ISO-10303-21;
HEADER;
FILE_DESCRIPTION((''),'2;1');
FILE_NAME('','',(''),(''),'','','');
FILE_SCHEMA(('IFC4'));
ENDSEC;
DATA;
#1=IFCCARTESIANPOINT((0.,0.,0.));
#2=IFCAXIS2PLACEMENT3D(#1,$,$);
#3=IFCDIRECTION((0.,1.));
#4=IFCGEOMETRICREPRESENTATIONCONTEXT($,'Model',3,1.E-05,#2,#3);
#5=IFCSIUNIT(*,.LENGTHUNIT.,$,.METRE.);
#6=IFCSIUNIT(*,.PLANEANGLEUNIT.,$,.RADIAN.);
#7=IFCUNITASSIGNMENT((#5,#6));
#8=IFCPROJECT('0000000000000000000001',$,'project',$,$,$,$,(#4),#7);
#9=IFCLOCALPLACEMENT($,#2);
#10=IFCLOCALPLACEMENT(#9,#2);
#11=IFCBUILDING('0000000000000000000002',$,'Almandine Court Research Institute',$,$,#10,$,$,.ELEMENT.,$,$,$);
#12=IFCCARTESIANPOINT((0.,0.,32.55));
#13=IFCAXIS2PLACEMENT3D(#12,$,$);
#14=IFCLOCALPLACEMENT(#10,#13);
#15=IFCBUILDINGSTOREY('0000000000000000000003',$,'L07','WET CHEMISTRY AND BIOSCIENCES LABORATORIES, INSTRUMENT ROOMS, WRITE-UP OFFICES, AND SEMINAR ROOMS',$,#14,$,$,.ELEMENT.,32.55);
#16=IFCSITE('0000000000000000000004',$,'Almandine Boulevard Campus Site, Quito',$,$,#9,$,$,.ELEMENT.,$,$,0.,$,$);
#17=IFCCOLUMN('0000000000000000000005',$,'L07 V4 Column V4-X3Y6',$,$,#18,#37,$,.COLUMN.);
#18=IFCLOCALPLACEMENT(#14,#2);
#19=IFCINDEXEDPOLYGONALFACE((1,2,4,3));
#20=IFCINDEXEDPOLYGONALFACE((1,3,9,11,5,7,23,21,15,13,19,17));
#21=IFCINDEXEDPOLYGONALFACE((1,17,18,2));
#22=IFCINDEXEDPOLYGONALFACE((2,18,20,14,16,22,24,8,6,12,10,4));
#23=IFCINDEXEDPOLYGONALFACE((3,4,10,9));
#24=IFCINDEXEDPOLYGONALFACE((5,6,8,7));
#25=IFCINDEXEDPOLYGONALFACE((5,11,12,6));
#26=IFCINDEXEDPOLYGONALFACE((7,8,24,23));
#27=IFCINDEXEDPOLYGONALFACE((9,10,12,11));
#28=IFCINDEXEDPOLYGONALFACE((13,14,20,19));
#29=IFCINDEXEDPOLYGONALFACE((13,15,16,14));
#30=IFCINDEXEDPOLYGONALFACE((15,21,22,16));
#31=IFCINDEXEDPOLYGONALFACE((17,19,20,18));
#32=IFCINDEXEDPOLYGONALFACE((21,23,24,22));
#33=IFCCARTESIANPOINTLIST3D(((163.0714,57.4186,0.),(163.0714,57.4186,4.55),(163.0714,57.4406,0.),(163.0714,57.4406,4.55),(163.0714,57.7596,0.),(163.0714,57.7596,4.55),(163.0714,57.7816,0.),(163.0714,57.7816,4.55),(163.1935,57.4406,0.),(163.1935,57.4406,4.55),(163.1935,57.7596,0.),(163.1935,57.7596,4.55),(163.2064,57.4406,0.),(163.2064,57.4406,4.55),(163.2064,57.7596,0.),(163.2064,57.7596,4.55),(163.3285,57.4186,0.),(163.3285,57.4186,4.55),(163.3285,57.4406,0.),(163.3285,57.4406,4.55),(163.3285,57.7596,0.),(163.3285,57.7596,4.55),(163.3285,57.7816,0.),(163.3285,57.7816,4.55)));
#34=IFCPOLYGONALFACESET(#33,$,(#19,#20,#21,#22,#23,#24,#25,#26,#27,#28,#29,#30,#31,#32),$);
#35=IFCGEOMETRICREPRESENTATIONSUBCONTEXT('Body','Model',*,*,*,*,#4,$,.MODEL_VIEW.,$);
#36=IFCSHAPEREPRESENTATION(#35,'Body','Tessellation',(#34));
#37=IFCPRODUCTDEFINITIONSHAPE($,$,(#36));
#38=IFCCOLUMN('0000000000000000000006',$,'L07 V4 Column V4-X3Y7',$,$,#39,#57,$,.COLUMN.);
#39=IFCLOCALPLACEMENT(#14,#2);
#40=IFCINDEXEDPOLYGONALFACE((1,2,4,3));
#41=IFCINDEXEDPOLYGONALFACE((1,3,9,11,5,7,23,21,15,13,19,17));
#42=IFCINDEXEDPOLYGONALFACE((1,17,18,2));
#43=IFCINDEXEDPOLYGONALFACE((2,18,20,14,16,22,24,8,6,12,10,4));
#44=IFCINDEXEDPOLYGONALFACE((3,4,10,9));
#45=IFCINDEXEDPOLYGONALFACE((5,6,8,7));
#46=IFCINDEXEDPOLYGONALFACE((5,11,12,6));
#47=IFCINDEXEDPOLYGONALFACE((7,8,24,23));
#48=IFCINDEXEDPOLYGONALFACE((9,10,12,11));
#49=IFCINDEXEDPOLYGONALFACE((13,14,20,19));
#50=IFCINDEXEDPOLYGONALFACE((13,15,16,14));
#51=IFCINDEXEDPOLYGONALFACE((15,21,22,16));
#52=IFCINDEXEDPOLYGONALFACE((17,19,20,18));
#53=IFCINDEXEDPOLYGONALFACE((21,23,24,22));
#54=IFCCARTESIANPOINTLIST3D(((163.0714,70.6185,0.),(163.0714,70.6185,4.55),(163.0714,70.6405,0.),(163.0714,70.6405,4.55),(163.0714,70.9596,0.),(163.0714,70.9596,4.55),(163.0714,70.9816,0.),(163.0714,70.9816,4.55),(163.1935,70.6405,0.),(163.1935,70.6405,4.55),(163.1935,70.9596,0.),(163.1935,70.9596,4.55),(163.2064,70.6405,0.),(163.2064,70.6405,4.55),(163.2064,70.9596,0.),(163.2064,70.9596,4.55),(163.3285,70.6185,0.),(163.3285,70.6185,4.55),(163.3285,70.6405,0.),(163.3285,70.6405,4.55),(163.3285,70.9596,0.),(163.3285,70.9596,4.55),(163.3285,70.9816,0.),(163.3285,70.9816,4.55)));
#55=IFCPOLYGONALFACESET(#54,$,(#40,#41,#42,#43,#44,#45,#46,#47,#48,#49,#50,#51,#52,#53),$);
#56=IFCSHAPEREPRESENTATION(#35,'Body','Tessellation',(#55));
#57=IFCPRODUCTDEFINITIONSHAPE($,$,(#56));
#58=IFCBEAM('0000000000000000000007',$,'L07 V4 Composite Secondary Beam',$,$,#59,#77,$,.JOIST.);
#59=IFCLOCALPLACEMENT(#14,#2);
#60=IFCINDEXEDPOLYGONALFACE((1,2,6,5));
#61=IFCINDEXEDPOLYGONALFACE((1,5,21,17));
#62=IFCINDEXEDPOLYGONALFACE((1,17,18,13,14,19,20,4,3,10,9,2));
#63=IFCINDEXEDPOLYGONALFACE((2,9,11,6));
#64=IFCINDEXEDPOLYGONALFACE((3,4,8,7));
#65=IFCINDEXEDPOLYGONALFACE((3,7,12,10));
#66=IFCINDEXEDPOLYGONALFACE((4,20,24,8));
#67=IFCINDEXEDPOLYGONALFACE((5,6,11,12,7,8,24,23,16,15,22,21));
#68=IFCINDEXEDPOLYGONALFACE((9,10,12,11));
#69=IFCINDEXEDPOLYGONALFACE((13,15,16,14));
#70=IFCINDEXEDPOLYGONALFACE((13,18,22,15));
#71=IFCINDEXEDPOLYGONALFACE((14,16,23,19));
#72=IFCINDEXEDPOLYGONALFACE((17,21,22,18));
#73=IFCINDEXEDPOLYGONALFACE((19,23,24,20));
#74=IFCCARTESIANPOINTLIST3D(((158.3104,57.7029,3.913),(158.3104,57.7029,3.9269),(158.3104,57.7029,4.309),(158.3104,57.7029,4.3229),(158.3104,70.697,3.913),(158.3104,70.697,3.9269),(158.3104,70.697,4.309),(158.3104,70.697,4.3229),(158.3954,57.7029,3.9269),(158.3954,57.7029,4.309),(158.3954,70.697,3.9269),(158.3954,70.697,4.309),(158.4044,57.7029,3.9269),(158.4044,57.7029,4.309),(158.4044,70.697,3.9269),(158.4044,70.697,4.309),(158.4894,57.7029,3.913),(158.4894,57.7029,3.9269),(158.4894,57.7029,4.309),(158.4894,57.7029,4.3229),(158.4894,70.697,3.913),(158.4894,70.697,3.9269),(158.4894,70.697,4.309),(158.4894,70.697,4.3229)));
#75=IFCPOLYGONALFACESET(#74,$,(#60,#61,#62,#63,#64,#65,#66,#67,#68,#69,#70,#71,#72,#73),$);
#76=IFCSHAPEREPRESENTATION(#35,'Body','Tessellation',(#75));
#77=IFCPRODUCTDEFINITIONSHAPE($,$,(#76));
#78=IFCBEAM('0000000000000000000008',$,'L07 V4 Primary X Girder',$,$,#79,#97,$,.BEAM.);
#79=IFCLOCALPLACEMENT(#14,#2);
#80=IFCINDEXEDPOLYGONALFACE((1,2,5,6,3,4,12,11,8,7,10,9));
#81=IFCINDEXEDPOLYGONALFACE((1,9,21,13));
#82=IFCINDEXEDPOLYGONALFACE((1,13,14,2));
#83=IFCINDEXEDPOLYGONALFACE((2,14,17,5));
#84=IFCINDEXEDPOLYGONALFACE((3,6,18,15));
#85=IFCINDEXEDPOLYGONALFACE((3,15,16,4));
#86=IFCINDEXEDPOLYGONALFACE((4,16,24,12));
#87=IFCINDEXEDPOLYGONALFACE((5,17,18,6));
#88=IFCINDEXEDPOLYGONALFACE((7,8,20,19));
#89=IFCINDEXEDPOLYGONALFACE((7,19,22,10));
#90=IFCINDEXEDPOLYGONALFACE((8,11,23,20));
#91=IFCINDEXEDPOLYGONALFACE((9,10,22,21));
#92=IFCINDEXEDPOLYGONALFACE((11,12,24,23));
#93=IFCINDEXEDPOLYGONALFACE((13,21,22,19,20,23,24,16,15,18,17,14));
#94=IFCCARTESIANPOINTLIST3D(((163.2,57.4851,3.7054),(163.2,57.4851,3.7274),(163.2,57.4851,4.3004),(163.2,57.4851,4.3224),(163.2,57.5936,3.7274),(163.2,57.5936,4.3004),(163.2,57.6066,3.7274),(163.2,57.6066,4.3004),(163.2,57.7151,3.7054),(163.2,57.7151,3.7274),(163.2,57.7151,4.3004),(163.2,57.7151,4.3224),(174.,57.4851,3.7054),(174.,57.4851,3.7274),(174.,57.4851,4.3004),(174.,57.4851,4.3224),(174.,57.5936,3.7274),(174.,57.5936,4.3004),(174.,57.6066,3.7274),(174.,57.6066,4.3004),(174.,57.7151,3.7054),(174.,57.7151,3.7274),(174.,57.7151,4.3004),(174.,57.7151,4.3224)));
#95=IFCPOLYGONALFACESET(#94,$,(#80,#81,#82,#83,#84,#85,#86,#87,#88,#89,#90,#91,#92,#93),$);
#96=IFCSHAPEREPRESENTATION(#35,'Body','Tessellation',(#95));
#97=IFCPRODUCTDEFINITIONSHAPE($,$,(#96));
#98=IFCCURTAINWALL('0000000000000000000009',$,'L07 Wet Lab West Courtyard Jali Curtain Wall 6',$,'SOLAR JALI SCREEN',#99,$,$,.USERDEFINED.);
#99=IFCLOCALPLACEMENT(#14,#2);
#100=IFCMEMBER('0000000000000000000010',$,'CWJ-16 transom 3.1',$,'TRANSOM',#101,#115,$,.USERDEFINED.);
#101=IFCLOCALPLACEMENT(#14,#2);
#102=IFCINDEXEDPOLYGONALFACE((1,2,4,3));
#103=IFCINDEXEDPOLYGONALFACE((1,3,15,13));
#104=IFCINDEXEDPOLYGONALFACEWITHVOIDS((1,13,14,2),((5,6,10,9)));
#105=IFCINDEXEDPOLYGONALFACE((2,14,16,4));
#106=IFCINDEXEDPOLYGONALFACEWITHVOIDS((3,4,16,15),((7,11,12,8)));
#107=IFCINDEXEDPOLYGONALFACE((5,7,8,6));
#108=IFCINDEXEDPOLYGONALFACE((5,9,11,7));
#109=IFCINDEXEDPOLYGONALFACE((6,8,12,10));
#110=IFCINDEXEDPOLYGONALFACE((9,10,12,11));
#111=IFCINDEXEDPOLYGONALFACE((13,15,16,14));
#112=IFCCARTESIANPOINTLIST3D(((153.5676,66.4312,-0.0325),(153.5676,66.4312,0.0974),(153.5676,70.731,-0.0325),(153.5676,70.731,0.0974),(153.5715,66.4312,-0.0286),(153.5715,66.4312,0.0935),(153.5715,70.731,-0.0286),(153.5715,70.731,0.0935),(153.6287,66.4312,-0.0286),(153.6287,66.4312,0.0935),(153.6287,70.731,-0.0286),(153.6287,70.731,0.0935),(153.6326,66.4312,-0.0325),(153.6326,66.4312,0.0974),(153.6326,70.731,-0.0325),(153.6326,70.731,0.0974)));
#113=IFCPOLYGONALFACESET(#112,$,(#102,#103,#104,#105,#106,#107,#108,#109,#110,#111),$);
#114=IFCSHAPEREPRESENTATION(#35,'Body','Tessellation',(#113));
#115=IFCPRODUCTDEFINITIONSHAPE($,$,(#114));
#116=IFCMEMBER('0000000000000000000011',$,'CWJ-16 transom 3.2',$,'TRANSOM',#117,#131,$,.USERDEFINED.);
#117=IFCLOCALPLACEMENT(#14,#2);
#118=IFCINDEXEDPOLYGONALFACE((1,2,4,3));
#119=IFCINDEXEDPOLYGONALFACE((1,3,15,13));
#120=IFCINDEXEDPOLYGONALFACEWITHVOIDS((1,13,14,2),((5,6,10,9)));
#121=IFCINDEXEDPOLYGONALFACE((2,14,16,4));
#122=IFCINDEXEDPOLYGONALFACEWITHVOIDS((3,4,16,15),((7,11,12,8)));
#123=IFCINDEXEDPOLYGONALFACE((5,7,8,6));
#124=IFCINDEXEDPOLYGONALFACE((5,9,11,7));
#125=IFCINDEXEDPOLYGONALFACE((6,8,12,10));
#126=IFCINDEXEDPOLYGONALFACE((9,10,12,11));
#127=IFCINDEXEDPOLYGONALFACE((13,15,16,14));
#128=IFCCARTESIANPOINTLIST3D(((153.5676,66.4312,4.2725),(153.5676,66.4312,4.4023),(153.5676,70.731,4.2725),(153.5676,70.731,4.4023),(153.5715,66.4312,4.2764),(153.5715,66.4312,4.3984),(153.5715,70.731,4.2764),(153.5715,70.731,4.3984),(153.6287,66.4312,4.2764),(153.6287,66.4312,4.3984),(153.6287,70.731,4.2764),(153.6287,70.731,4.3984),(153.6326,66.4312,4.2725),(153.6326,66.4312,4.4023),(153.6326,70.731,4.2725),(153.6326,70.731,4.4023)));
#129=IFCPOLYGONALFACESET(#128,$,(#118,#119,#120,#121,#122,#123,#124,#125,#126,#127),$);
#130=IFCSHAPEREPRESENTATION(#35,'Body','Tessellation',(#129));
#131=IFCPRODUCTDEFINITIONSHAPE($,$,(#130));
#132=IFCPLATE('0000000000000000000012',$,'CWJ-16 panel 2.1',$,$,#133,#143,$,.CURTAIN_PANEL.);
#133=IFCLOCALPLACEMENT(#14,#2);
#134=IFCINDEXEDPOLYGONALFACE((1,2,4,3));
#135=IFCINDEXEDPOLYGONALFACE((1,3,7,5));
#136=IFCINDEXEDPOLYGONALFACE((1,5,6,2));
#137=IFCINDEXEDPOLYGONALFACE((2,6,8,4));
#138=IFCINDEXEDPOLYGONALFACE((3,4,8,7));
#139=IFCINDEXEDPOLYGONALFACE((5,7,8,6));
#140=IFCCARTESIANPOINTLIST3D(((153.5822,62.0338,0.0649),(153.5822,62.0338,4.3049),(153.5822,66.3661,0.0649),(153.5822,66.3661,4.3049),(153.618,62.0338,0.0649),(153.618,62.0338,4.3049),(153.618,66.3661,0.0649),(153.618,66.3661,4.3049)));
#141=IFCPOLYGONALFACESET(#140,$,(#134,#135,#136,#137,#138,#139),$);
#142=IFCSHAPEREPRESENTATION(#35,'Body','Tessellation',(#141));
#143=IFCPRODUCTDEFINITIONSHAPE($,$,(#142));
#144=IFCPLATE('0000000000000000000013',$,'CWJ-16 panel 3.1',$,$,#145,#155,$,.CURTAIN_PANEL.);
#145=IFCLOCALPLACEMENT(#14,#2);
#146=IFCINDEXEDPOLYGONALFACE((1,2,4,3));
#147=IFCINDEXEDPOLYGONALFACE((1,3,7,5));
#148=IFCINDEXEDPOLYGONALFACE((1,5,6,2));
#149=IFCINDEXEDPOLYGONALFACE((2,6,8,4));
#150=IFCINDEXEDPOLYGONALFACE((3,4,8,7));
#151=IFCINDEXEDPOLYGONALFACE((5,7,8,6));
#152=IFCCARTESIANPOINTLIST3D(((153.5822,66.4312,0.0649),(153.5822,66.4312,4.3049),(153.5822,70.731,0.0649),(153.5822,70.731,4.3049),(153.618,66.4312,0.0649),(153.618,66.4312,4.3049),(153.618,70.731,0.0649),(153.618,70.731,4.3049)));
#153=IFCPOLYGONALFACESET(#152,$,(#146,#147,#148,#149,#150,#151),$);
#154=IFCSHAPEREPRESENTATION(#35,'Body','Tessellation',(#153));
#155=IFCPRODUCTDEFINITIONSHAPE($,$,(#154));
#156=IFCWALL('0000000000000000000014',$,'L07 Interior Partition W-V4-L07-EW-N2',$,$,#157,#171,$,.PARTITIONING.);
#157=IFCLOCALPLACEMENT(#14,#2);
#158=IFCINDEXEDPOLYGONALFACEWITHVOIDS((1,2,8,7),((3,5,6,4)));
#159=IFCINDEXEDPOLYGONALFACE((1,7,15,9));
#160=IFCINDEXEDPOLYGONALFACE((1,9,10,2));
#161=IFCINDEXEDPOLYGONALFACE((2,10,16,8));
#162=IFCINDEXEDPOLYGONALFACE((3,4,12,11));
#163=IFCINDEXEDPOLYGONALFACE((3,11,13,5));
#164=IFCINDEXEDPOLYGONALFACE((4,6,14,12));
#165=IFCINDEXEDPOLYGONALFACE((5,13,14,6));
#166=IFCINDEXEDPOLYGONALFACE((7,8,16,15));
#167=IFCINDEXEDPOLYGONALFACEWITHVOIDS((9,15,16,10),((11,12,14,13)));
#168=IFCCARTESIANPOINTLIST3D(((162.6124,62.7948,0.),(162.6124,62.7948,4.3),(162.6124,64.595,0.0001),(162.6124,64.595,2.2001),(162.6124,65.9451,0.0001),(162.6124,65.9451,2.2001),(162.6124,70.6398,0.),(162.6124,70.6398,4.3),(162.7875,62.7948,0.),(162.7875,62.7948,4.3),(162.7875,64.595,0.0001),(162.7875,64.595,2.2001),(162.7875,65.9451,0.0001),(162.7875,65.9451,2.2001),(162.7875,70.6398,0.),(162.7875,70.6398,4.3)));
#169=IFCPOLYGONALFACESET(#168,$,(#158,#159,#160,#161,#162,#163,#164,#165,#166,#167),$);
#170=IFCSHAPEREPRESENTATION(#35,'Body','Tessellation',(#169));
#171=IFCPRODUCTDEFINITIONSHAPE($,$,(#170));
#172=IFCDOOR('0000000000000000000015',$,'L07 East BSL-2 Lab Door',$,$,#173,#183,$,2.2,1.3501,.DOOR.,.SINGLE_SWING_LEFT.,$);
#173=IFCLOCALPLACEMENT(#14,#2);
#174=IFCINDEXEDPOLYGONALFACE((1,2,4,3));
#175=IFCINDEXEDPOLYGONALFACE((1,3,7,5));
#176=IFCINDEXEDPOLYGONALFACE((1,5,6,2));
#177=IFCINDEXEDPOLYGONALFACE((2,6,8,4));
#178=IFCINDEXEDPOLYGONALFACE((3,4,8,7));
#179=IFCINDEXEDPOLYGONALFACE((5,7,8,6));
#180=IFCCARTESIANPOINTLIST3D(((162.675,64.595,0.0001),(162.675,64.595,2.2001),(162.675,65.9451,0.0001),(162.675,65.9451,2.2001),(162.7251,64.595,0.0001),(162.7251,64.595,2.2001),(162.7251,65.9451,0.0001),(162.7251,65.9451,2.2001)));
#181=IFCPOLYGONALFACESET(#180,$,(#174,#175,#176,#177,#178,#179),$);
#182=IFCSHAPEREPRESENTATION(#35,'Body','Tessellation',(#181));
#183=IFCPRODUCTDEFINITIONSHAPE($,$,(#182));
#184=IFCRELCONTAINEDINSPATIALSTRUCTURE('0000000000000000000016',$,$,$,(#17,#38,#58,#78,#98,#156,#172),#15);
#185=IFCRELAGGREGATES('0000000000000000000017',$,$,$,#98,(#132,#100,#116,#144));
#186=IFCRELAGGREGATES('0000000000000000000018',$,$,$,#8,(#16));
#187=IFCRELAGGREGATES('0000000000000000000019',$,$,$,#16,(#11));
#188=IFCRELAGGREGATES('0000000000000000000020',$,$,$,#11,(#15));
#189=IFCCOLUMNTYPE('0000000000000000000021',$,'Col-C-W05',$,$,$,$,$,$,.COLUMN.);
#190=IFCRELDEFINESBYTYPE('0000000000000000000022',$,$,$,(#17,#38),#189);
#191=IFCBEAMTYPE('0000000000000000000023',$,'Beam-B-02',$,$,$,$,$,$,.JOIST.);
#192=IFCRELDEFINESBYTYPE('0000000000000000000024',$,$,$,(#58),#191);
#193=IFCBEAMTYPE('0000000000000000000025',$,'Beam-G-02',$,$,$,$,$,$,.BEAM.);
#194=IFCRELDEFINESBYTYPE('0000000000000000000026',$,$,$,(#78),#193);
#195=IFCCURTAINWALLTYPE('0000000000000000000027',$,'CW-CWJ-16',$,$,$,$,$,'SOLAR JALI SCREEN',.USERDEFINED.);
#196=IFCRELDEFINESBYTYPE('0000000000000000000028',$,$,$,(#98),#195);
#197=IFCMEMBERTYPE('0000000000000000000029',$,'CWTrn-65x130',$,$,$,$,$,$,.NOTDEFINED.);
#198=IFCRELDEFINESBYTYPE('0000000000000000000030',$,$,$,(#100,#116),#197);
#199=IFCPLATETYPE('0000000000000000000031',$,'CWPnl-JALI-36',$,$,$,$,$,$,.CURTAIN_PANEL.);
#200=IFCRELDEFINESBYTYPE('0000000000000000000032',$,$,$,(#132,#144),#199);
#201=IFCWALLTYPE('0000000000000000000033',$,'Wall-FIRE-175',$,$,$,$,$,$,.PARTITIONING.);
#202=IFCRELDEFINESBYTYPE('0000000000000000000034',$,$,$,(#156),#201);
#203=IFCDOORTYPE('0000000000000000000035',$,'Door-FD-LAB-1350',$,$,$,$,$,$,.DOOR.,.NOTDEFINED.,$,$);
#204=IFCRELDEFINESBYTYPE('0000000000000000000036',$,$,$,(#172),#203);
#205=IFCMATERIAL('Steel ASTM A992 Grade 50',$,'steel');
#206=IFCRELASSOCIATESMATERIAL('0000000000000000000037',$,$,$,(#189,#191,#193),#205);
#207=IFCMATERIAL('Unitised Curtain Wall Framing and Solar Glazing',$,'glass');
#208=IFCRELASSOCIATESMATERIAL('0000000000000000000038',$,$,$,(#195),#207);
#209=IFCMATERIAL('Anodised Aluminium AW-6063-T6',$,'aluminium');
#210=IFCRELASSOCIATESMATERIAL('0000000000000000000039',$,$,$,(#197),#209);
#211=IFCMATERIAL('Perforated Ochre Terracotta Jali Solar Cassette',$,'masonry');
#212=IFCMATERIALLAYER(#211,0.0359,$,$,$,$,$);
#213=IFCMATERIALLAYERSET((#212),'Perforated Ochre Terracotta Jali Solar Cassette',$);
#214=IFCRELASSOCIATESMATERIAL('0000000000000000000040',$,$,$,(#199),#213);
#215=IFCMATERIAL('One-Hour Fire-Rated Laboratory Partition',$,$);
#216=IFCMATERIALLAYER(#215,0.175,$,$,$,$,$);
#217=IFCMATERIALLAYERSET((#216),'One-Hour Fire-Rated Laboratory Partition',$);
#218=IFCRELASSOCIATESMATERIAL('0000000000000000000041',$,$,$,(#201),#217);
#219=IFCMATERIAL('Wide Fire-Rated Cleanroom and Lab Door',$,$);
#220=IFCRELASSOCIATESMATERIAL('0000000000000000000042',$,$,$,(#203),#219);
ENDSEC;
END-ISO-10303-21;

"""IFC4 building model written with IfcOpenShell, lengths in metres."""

from ifc_helpers import new_model, si_unit, direction, frame, frame_2d, origin, origin_2d, place, context, subcontext, project, spatial, rectangle, hollow_rectangle, i_section, extrude, material, layer, layer_set, material_profile, profile_set, type_object, element, fill, aggregate, save


model = new_model("IFC4")

# Units and contexts
model_context = context("Model", 3, precision=1e-05, world=origin(), true_north=direction((0.0, 1.0)))
body_context = subcontext(model_context, "Body", "Model", "MODEL_VIEW")
ifc_project = project(units=[si_unit("LENGTHUNIT", "METRE"), si_unit("PLANEANGLEUNIT", "RADIAN")], contexts=[model_context])

# Site, building, storey
site_placement = place(None, origin())
site = spatial("IfcSite", under=ifc_project, at=site_placement, Name="Almandine Boulevard Campus Site, Quito", CompositionType="ELEMENT", RefElevation=0.0)
building_placement = place(site_placement, origin())
building = spatial("IfcBuilding", under=site, at=building_placement, Name="Almandine Court Research Institute", CompositionType="ELEMENT")
storey_placement = place(building_placement, frame((0.0, 0.0, 32.55)))
storey = spatial("IfcBuildingStorey", under=building, at=storey_placement, Name="L07", Description="WET CHEMISTRY AND BIOSCIENCES LABORATORIES, INSTRUMENT ROOMS, WRITE-UP OFFICES, AND SEMINAR ROOMS", CompositionType="ELEMENT", Elevation=32.55)

# Columns
ifc_material_1 = material(Name="Steel ASTM A992 Grade 50", Category="steel")
ifc_material_profile_1 = material_profile(ifc_material_1, i_section(OverallWidth=0.2571, OverallDepth=0.363, WebThickness=0.0129, FlangeThickness=0.022, at=origin_2d()), Name="W360x122")
ifc_profile_set_1 = profile_set([ifc_material_profile_1], Name="Steel ASTM A992 Grade 50")
column_type = type_object("IfcColumnType", Name="Col-C-W05", PredefinedType="COLUMN", material=ifc_profile_set_1)
for number, where, z_axis, x_axis, name in (
    (1, (163.2, 57.6001, 0.0), (0.0, 0.0, 1.0), (1.0, 0.0, 0.0), "L07 V4 Column V4-X3Y6"),
    (2, (163.2, 70.8, 0.0), (0.0, 0.0, 1.0), (1.0, 0.0, 0.0), "L07 V4 Column V4-X3Y7"),
):
    element("IfcColumn", number, at=place(storey_placement, frame(where, z_axis=z_axis, x_axis=x_axis)), inside=storey, type_object=column_type, Name=name, PredefinedType="COLUMN", context=body_context, shape_type="SweptSolid", body=[
        extrude(i_section(OverallWidth=0.2571, OverallDepth=0.363, WebThickness=0.0129, FlangeThickness=0.022, at=origin_2d()), origin(), (0.0, 0.0, 1.0), 4.55),
    ])

# Beams
ifc_material_profile_2 = material_profile(ifc_material_1, i_section(OverallWidth=0.179, OverallDepth=0.4099, WebThickness=0.009, FlangeThickness=0.0139, at=origin_2d()), Name="W410x67")
ifc_profile_set_2 = profile_set([ifc_material_profile_2], Name="Steel ASTM A992 Grade 50")
beam_type_1 = type_object("IfcBeamType", Name="Beam-B-02", PredefinedType="JOIST", material=ifc_profile_set_2)
beam_1_placement = place(storey_placement, frame((158.3999, 57.7029, 4.1179), z_axis=(0.0, 1.0, 0.0), x_axis=(-1.0, 0.0, 0.0)))
element("IfcBeam", 3, at=beam_1_placement, inside=storey, type_object=beam_type_1, Name="L07 V4 Composite Secondary Beam", PredefinedType="JOIST", context=body_context, shape_type="SweptSolid", body=[
    extrude(i_section(OverallWidth=0.179, OverallDepth=0.4099, WebThickness=0.009, FlangeThickness=0.0139, at=origin_2d()), origin(), (0.0, 0.0, 1.0), 12.9941),
])
ifc_material_profile_3 = material_profile(ifc_material_1, i_section(OverallWidth=0.23, OverallDepth=0.6169, WebThickness=0.0129, FlangeThickness=0.022, at=origin_2d()), Name="W610x140")
ifc_profile_set_3 = profile_set([ifc_material_profile_3], Name="Steel ASTM A992 Grade 50")
beam_type_2 = type_object("IfcBeamType", Name="Beam-G-02", PredefinedType="BEAM", material=ifc_profile_set_3)
beam_2_placement = place(storey_placement, frame((163.2, 57.6001, 4.0139), z_axis=(1.0, 0.0, 0.0), x_axis=(0.0, 1.0, 0.0)))
element("IfcBeam", 4, at=beam_2_placement, inside=storey, type_object=beam_type_2, Name="L07 V4 Primary X Girder", PredefinedType="BEAM", context=body_context, shape_type="SweptSolid", body=[
    extrude(i_section(OverallWidth=0.23, OverallDepth=0.6169, WebThickness=0.0129, FlangeThickness=0.022, at=origin_2d()), origin(), (0.0, 0.0, 1.0), 10.8),
])

# Curtain wall, members, plates
ifc_material_2 = material(Name="Unitised Curtain Wall Framing and Solar Glazing", Category="glass")
curtain_wall_type = type_object("IfcCurtainWallType", Name="CW-CWJ-16", ElementType="SOLAR JALI SCREEN", PredefinedType="USERDEFINED", material=ifc_material_2)
curtain_wall_placement = place(storey_placement, origin())
curtain_wall = element("IfcCurtainWall", 5, at=curtain_wall_placement, inside=storey, type_object=curtain_wall_type, Name="L07 Wet Lab West Courtyard Jali Curtain Wall 6", ObjectType="SOLAR JALI SCREEN", PredefinedType="USERDEFINED")
ifc_material_3 = material(Name="Anodised Aluminium AW-6063-T6", Category="aluminium")
ifc_material_profile_4 = material_profile(ifc_material_3, hollow_rectangle(XDim=0.0649, YDim=0.1299, WallThickness=0.0039, at=origin_2d()), Name="ALU RHS 65x130x4")
ifc_profile_set_4 = profile_set([ifc_material_profile_4], Name="Anodised Aluminium AW-6063-T6")
member_type = type_object("IfcMemberType", Name="CWTrn-65x130", PredefinedType="NOTDEFINED", material=ifc_profile_set_4)
member_1_placement = place(storey_placement, frame((153.6001, 66.4312, 0.0325), z_axis=(0.0, 1.0, 0.0), x_axis=(-1.0, 0.0, 0.0)))
member_1 = element("IfcMember", 6, at=member_1_placement, type_object=member_type, Name="CWJ-16 transom 3.1", ObjectType="TRANSOM", PredefinedType="USERDEFINED", context=body_context, shape_type="SweptSolid", body=[
    extrude(hollow_rectangle(XDim=0.0649, YDim=0.1299, WallThickness=0.0039, at=origin_2d()), origin(), (0.0, 0.0, 1.0), 4.2998),
])
member_2_placement = place(storey_placement, frame((153.6001, 66.4312, 4.3374), z_axis=(0.0, 1.0, 0.0), x_axis=(-1.0, 0.0, 0.0)))
member_2 = element("IfcMember", 7, at=member_2_placement, type_object=member_type, Name="CWJ-16 transom 3.2", ObjectType="TRANSOM", PredefinedType="USERDEFINED", context=body_context, shape_type="SweptSolid", body=[
    extrude(hollow_rectangle(XDim=0.0649, YDim=0.1299, WallThickness=0.0039, at=origin_2d()), origin(), (0.0, 0.0, 1.0), 4.2998),
])
ifc_material_4 = material(Name="Perforated Ochre Terracotta Jali Solar Cassette", Category="masonry")
ifc_layer_1 = layer(ifc_material_4, 0.0359)
ifc_layer_set_1 = layer_set([ifc_layer_1], Name="Perforated Ochre Terracotta Jali Solar Cassette")
plate_type = type_object("IfcPlateType", Name="CWPnl-JALI-36", PredefinedType="CURTAIN_PANEL", material=ifc_layer_set_1)
plate_1_placement = place(storey_placement, frame((153.6001, 64.2, 0.0649), z_axis=(0.0, 0.0, 1.0), x_axis=(0.0, 1.0, 0.0)))
plate_1 = element("IfcPlate", 8, at=plate_1_placement, type_object=plate_type, Name="CWJ-16 panel 2.1", PredefinedType="CURTAIN_PANEL", context=body_context, shape_type="SweptSolid", body=[
    extrude(rectangle(XDim=4.3323, YDim=0.0359, at=origin_2d()), origin(), (0.0, 0.0, 1.0), 4.24),
])
plate_2_placement = place(storey_placement, frame((153.6001, 68.5811, 0.0649), z_axis=(0.0, 0.0, 1.0), x_axis=(0.0, 1.0, 0.0)))
plate_2 = element("IfcPlate", 9, at=plate_2_placement, type_object=plate_type, Name="CWJ-16 panel 3.1", PredefinedType="CURTAIN_PANEL", context=body_context, shape_type="SweptSolid", body=[
    extrude(rectangle(XDim=4.2998, YDim=0.0359, at=origin_2d()), origin(), (0.0, 0.0, 1.0), 4.24),
])
aggregate(curtain_wall, [plate_1, member_1, member_2, plate_2])

# Wall, opening, door
ifc_material_5 = material(Name="One-Hour Fire-Rated Laboratory Partition")
ifc_layer_2 = layer(ifc_material_5, 0.175)
ifc_layer_set_2 = layer_set([ifc_layer_2], Name="One-Hour Fire-Rated Laboratory Partition")
wall_type_1 = type_object("IfcWallType", Name="Wall-FIRE-175", PredefinedType="PARTITIONING", material=ifc_layer_set_2)
wall_1_placement = place(storey_placement, frame((162.7, 62.7949, 0.0), z_axis=(0.0, 0.0, 1.0), x_axis=(0.0, 1.0, 0.0)))
wall_1 = element("IfcWall", 10, at=wall_1_placement, inside=storey, type_object=wall_type_1, Name="L07 Interior Partition W-V4-L07-EW-N2", PredefinedType="PARTITIONING", context=body_context, shape_type="SweptSolid", body=[
    extrude(rectangle(XDim=7.845, YDim=0.175, at=frame_2d((3.9224, 0.0))), origin(), (0.0, 0.0, 1.0), 4.3),
])
opening_1_placement = place(wall_1_placement, frame((1.8, 0.0, 0.0)))
opening_1 = element("IfcOpeningElement", 11, at=opening_1_placement, cuts=wall_1, PredefinedType="OPENING", context=body_context, shape_type="SweptSolid", body=[
    extrude(rectangle(XDim=1.3501, YDim=2.2, at=frame_2d((0.675, 1.1001))), frame((0.0, 0.0974, 0.0), z_axis=(0.0, -1.0, 0.0), x_axis=(1.0, 0.0, 0.0)), (0.0, 0.0, 1.0), 0.1951),
])
ifc_material_6 = material(Name="Wide Fire-Rated Cleanroom and Lab Door")
door_type_1 = type_object("IfcDoorType", Name="Door-FD-LAB-1350", OperationType="NOTDEFINED", PredefinedType="DOOR", material=ifc_material_6)
door_1_placement = place(opening_1_placement, origin())
door_1 = element("IfcDoor", 12, at=door_1_placement, inside=storey, type_object=door_type_1, Name="L07 East BSL-2 Lab Door", OperationType="SINGLE_SWING_LEFT", OverallHeight=2.2, OverallWidth=1.3501, PredefinedType="DOOR", context=body_context, shape_type="SweptSolid", body=[
    extrude(rectangle(XDim=1.3501, YDim=2.2, at=frame_2d((0.675, 1.1001))), frame((0.0, 0.0249, 0.0), z_axis=(0.0, -1.0, 0.0), x_axis=(1.0, 0.0, 0.0)), (0.0, 0.0, 1.0), 0.05),
])
fill(opening_1, door_1)

save(model, "model.ifc")
